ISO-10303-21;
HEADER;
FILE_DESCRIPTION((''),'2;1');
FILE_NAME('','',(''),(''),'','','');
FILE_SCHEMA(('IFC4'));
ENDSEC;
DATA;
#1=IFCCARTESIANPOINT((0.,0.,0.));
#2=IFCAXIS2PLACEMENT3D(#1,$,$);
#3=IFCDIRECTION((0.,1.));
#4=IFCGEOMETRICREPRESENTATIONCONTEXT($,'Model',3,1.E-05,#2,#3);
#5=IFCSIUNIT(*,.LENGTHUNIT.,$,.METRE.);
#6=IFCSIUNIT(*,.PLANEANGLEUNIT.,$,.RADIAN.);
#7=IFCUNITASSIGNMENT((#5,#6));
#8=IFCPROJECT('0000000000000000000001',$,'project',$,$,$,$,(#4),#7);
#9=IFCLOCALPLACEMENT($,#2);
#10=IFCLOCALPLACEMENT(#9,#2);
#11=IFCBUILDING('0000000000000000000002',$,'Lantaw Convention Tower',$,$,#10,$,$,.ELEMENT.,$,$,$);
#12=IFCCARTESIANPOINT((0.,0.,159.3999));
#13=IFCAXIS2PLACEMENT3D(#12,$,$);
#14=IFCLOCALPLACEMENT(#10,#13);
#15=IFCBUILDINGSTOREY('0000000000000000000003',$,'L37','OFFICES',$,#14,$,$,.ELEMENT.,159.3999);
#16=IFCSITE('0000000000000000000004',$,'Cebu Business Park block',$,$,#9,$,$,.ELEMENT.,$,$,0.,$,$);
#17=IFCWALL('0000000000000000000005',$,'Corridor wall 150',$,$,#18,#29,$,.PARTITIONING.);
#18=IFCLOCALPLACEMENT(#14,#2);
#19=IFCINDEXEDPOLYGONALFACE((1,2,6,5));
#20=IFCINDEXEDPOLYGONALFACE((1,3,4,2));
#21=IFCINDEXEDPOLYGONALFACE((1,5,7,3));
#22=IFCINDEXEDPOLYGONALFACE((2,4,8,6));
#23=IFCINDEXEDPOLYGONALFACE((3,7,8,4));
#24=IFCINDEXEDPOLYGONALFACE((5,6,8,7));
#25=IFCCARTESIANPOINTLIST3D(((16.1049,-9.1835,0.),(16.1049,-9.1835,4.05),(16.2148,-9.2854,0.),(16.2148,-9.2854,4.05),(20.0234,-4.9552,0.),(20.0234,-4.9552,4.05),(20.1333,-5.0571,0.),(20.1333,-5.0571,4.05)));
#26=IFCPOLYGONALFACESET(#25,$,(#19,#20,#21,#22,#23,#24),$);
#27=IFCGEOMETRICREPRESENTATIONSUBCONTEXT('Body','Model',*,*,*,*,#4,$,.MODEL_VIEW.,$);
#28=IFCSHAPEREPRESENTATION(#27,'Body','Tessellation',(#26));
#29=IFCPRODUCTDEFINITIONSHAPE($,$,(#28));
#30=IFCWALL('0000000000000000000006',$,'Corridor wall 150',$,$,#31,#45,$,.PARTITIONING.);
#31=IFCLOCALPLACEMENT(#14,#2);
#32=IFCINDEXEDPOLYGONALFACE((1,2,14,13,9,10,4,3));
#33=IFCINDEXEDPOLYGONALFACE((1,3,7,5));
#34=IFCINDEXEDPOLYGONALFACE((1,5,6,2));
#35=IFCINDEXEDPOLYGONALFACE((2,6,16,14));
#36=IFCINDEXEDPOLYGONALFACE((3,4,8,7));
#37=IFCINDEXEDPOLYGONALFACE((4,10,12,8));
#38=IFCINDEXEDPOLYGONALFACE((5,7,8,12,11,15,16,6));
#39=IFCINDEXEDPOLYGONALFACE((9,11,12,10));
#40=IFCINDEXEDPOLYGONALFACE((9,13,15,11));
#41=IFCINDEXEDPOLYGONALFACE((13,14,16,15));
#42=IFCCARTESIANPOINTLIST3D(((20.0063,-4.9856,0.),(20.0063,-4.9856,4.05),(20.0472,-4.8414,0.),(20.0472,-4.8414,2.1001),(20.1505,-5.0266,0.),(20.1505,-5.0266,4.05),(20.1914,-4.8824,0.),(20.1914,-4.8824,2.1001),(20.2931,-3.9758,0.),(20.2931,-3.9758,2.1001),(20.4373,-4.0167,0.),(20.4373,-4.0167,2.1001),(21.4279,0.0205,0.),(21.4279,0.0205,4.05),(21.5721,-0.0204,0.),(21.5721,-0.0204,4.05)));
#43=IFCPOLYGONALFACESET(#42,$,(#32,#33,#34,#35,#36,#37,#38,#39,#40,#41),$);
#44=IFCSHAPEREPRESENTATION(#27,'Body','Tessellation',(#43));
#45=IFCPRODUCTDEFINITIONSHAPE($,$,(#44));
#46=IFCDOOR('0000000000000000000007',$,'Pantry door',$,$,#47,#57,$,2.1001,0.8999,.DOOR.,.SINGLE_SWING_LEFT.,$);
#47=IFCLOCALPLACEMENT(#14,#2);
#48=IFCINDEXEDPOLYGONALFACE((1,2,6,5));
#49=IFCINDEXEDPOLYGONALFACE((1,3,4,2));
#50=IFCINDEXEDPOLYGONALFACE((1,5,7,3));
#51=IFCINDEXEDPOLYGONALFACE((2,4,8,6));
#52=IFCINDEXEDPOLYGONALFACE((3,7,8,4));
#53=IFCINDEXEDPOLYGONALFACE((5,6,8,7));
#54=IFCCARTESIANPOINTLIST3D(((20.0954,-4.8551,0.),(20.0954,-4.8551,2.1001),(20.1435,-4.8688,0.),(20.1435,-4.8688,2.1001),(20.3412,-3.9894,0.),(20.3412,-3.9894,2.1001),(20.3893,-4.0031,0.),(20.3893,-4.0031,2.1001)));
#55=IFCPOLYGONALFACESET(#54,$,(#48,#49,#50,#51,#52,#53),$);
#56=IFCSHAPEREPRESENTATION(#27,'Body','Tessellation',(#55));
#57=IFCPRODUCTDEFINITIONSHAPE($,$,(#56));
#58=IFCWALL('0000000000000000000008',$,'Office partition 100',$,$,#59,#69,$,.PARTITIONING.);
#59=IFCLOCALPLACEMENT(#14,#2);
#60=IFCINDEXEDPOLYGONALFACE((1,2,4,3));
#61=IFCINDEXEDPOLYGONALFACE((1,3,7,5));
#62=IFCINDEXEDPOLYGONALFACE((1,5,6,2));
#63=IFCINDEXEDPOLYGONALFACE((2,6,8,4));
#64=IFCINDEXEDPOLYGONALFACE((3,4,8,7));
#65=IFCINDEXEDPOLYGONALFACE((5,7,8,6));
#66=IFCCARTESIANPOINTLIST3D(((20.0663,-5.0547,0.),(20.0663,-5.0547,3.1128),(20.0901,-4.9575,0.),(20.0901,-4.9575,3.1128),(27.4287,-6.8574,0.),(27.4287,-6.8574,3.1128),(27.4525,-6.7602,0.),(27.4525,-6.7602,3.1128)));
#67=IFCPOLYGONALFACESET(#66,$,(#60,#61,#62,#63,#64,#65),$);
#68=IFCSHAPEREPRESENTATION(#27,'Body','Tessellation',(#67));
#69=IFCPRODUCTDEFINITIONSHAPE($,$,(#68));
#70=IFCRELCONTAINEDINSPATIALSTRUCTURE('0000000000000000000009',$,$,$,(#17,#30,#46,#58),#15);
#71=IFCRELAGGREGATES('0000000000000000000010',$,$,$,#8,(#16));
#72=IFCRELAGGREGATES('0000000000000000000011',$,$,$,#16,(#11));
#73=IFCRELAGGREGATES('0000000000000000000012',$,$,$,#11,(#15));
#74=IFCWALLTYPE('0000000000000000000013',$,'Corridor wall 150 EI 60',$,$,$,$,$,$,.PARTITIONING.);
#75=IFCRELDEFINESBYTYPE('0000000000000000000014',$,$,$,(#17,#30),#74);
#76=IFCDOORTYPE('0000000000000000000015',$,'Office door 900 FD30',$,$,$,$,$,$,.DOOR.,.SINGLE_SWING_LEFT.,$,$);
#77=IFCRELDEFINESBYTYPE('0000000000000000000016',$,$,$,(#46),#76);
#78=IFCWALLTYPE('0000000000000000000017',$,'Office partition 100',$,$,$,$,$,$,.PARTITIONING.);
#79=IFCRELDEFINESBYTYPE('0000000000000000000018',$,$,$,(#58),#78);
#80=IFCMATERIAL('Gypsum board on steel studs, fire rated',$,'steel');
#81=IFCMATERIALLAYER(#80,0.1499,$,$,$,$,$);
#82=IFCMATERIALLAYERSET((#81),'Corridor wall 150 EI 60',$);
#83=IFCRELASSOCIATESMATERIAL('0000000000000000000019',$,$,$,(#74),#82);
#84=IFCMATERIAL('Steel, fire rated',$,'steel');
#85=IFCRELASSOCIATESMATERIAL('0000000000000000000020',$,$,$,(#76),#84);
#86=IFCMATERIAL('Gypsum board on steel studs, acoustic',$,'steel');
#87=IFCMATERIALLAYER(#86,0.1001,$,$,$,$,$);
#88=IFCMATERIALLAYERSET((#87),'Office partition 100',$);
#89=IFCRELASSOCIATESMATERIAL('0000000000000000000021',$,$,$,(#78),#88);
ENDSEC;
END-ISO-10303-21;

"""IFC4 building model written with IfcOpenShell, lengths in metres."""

from ifc_helpers import new_model, si_unit, direction, frame, frame_2d, origin, place, context, subcontext, project, spatial, rectangle, extrude, material, layer, layer_set, type_object, element, fill, save


model = new_model("IFC4")

# Units and contexts
model_context = context("Model", 3, precision=1e-05, world=origin(), true_north=direction((0.0, 1.0)))
body_context = subcontext(model_context, "Body", "Model", "MODEL_VIEW")
ifc_project = project(units=[si_unit("LENGTHUNIT", "METRE"), si_unit("PLANEANGLEUNIT", "RADIAN")], contexts=[model_context])

# Site, building, storey
site_placement = place(None, origin())
site = spatial("IfcSite", under=ifc_project, at=site_placement, Name="Cebu Business Park block", CompositionType="ELEMENT", RefElevation=0.0)
building_placement = place(site_placement, origin())
building = spatial("IfcBuilding", under=site, at=building_placement, Name="Lantaw Convention Tower", CompositionType="ELEMENT")
storey_placement = place(building_placement, frame((0.0, 0.0, 159.3999)))
storey = spatial("IfcBuildingStorey", under=building, at=storey_placement, Name="L37", Description="OFFICES", CompositionType="ELEMENT", Elevation=159.3999)

# Wall
ifc_material_1 = material(Name="Gypsum board on steel studs, fire rated", Category="steel")
ifc_layer_1 = layer(ifc_material_1, 0.1499)
ifc_layer_set_1 = layer_set([ifc_layer_1], Name="Corridor wall 150 EI 60")
wall_type_1 = type_object("IfcWallType", Name="Corridor wall 150 EI 60", PredefinedType="PARTITIONING", material=ifc_layer_set_1)
wall_1_placement = place(storey_placement, frame((16.1599, -9.2344, 0.0), z_axis=(0.0, 0.0, 1.0), x_axis=(0.679725, 0.733467, 0.0)))
element("IfcWall", 1, at=wall_1_placement, inside=storey, type_object=wall_type_1, Name="Corridor wall 150", PredefinedType="PARTITIONING", context=body_context, shape_type="SweptSolid", body=[
    extrude(rectangle(XDim=5.7649, YDim=0.1499, at=frame_2d((2.8823, 0.0))), origin(), (0.0, 0.0, 1.0), 4.05),
])

# Wall, opening, door
wall_2_placement = place(storey_placement, frame((20.0784, -5.0061, 0.0), z_axis=(0.0, 0.0, 1.0), x_axis=(0.273178, 0.961964, 0.0)))
wall_2 = element("IfcWall", 2, at=wall_2_placement, inside=storey, type_object=wall_type_1, Name="Corridor wall 150", PredefinedType="PARTITIONING", context=body_context, shape_type="SweptSolid", body=[
    extrude(rectangle(XDim=5.2041, YDim=0.1499, at=frame_2d((2.6021, 0.0))), origin(), (0.0, 0.0, 1.0), 4.05),
])
opening_placement = place(wall_2_placement, frame((0.1499, 0.0, 0.0)))
opening = element("IfcOpeningElement", 3, at=opening_placement, cuts=wall_2, PredefinedType="OPENING", context=body_context, shape_type="SweptSolid", body=[
    extrude(rectangle(XDim=0.8999, YDim=2.1001, at=frame_2d((0.45, 1.05))), frame((0.0, 0.085, 0.0), z_axis=(0.0, -1.0, 0.0), x_axis=(1.0, 0.0, 0.0)), (0.0, 0.0, 1.0), 0.1699),
])
ifc_material_2 = material(Name="Steel, fire rated", Category="steel")
door_type = type_object("IfcDoorType", Name="Office door 900 FD30", OperationType="SINGLE_SWING_LEFT", PredefinedType="DOOR", material=ifc_material_2)
door_placement = place(opening_placement, origin())
door = element("IfcDoor", 4, at=door_placement, inside=storey, type_object=door_type, Name="Pantry door", OperationType="SINGLE_SWING_LEFT", OverallHeight=2.1001, OverallWidth=0.8999, PredefinedType="DOOR", context=body_context, shape_type="SweptSolid", body=[
    extrude(rectangle(XDim=0.8999, YDim=2.1001, at=frame_2d((0.45, 1.05))), frame((0.0, 0.0249, 0.0), z_axis=(0.0, -1.0, 0.0), x_axis=(1.0, 0.0, 0.0)), (0.0, 0.0, 1.0), 0.05),
])
fill(opening, door)

# Wall
ifc_material_3 = material(Name="Gypsum board on steel studs, acoustic", Category="steel")
ifc_layer_2 = layer(ifc_material_3, 0.1001)
ifc_layer_set_2 = layer_set([ifc_layer_2], Name="Office partition 100")
wall_type_2 = type_object("IfcWallType", Name="Office partition 100", PredefinedType="PARTITIONING", material=ifc_layer_set_2)
wall_3_placement = place(storey_placement, frame((27.4407, -6.8088, 0.0), z_axis=(0.0, 0.0, 1.0), x_axis=(-0.971306, 0.237834, 0.0)))
element("IfcWall", 5, at=wall_3_placement, inside=storey, type_object=wall_type_2, Name="Office partition 100", PredefinedType="PARTITIONING", context=body_context, shape_type="SweptSolid", body=[
    extrude(rectangle(XDim=7.5798, YDim=0.1001, at=frame_2d((3.79, 0.0))), origin(), (0.0, 0.0, 1.0), 3.1128),
])

save(model, "model.ifc")
